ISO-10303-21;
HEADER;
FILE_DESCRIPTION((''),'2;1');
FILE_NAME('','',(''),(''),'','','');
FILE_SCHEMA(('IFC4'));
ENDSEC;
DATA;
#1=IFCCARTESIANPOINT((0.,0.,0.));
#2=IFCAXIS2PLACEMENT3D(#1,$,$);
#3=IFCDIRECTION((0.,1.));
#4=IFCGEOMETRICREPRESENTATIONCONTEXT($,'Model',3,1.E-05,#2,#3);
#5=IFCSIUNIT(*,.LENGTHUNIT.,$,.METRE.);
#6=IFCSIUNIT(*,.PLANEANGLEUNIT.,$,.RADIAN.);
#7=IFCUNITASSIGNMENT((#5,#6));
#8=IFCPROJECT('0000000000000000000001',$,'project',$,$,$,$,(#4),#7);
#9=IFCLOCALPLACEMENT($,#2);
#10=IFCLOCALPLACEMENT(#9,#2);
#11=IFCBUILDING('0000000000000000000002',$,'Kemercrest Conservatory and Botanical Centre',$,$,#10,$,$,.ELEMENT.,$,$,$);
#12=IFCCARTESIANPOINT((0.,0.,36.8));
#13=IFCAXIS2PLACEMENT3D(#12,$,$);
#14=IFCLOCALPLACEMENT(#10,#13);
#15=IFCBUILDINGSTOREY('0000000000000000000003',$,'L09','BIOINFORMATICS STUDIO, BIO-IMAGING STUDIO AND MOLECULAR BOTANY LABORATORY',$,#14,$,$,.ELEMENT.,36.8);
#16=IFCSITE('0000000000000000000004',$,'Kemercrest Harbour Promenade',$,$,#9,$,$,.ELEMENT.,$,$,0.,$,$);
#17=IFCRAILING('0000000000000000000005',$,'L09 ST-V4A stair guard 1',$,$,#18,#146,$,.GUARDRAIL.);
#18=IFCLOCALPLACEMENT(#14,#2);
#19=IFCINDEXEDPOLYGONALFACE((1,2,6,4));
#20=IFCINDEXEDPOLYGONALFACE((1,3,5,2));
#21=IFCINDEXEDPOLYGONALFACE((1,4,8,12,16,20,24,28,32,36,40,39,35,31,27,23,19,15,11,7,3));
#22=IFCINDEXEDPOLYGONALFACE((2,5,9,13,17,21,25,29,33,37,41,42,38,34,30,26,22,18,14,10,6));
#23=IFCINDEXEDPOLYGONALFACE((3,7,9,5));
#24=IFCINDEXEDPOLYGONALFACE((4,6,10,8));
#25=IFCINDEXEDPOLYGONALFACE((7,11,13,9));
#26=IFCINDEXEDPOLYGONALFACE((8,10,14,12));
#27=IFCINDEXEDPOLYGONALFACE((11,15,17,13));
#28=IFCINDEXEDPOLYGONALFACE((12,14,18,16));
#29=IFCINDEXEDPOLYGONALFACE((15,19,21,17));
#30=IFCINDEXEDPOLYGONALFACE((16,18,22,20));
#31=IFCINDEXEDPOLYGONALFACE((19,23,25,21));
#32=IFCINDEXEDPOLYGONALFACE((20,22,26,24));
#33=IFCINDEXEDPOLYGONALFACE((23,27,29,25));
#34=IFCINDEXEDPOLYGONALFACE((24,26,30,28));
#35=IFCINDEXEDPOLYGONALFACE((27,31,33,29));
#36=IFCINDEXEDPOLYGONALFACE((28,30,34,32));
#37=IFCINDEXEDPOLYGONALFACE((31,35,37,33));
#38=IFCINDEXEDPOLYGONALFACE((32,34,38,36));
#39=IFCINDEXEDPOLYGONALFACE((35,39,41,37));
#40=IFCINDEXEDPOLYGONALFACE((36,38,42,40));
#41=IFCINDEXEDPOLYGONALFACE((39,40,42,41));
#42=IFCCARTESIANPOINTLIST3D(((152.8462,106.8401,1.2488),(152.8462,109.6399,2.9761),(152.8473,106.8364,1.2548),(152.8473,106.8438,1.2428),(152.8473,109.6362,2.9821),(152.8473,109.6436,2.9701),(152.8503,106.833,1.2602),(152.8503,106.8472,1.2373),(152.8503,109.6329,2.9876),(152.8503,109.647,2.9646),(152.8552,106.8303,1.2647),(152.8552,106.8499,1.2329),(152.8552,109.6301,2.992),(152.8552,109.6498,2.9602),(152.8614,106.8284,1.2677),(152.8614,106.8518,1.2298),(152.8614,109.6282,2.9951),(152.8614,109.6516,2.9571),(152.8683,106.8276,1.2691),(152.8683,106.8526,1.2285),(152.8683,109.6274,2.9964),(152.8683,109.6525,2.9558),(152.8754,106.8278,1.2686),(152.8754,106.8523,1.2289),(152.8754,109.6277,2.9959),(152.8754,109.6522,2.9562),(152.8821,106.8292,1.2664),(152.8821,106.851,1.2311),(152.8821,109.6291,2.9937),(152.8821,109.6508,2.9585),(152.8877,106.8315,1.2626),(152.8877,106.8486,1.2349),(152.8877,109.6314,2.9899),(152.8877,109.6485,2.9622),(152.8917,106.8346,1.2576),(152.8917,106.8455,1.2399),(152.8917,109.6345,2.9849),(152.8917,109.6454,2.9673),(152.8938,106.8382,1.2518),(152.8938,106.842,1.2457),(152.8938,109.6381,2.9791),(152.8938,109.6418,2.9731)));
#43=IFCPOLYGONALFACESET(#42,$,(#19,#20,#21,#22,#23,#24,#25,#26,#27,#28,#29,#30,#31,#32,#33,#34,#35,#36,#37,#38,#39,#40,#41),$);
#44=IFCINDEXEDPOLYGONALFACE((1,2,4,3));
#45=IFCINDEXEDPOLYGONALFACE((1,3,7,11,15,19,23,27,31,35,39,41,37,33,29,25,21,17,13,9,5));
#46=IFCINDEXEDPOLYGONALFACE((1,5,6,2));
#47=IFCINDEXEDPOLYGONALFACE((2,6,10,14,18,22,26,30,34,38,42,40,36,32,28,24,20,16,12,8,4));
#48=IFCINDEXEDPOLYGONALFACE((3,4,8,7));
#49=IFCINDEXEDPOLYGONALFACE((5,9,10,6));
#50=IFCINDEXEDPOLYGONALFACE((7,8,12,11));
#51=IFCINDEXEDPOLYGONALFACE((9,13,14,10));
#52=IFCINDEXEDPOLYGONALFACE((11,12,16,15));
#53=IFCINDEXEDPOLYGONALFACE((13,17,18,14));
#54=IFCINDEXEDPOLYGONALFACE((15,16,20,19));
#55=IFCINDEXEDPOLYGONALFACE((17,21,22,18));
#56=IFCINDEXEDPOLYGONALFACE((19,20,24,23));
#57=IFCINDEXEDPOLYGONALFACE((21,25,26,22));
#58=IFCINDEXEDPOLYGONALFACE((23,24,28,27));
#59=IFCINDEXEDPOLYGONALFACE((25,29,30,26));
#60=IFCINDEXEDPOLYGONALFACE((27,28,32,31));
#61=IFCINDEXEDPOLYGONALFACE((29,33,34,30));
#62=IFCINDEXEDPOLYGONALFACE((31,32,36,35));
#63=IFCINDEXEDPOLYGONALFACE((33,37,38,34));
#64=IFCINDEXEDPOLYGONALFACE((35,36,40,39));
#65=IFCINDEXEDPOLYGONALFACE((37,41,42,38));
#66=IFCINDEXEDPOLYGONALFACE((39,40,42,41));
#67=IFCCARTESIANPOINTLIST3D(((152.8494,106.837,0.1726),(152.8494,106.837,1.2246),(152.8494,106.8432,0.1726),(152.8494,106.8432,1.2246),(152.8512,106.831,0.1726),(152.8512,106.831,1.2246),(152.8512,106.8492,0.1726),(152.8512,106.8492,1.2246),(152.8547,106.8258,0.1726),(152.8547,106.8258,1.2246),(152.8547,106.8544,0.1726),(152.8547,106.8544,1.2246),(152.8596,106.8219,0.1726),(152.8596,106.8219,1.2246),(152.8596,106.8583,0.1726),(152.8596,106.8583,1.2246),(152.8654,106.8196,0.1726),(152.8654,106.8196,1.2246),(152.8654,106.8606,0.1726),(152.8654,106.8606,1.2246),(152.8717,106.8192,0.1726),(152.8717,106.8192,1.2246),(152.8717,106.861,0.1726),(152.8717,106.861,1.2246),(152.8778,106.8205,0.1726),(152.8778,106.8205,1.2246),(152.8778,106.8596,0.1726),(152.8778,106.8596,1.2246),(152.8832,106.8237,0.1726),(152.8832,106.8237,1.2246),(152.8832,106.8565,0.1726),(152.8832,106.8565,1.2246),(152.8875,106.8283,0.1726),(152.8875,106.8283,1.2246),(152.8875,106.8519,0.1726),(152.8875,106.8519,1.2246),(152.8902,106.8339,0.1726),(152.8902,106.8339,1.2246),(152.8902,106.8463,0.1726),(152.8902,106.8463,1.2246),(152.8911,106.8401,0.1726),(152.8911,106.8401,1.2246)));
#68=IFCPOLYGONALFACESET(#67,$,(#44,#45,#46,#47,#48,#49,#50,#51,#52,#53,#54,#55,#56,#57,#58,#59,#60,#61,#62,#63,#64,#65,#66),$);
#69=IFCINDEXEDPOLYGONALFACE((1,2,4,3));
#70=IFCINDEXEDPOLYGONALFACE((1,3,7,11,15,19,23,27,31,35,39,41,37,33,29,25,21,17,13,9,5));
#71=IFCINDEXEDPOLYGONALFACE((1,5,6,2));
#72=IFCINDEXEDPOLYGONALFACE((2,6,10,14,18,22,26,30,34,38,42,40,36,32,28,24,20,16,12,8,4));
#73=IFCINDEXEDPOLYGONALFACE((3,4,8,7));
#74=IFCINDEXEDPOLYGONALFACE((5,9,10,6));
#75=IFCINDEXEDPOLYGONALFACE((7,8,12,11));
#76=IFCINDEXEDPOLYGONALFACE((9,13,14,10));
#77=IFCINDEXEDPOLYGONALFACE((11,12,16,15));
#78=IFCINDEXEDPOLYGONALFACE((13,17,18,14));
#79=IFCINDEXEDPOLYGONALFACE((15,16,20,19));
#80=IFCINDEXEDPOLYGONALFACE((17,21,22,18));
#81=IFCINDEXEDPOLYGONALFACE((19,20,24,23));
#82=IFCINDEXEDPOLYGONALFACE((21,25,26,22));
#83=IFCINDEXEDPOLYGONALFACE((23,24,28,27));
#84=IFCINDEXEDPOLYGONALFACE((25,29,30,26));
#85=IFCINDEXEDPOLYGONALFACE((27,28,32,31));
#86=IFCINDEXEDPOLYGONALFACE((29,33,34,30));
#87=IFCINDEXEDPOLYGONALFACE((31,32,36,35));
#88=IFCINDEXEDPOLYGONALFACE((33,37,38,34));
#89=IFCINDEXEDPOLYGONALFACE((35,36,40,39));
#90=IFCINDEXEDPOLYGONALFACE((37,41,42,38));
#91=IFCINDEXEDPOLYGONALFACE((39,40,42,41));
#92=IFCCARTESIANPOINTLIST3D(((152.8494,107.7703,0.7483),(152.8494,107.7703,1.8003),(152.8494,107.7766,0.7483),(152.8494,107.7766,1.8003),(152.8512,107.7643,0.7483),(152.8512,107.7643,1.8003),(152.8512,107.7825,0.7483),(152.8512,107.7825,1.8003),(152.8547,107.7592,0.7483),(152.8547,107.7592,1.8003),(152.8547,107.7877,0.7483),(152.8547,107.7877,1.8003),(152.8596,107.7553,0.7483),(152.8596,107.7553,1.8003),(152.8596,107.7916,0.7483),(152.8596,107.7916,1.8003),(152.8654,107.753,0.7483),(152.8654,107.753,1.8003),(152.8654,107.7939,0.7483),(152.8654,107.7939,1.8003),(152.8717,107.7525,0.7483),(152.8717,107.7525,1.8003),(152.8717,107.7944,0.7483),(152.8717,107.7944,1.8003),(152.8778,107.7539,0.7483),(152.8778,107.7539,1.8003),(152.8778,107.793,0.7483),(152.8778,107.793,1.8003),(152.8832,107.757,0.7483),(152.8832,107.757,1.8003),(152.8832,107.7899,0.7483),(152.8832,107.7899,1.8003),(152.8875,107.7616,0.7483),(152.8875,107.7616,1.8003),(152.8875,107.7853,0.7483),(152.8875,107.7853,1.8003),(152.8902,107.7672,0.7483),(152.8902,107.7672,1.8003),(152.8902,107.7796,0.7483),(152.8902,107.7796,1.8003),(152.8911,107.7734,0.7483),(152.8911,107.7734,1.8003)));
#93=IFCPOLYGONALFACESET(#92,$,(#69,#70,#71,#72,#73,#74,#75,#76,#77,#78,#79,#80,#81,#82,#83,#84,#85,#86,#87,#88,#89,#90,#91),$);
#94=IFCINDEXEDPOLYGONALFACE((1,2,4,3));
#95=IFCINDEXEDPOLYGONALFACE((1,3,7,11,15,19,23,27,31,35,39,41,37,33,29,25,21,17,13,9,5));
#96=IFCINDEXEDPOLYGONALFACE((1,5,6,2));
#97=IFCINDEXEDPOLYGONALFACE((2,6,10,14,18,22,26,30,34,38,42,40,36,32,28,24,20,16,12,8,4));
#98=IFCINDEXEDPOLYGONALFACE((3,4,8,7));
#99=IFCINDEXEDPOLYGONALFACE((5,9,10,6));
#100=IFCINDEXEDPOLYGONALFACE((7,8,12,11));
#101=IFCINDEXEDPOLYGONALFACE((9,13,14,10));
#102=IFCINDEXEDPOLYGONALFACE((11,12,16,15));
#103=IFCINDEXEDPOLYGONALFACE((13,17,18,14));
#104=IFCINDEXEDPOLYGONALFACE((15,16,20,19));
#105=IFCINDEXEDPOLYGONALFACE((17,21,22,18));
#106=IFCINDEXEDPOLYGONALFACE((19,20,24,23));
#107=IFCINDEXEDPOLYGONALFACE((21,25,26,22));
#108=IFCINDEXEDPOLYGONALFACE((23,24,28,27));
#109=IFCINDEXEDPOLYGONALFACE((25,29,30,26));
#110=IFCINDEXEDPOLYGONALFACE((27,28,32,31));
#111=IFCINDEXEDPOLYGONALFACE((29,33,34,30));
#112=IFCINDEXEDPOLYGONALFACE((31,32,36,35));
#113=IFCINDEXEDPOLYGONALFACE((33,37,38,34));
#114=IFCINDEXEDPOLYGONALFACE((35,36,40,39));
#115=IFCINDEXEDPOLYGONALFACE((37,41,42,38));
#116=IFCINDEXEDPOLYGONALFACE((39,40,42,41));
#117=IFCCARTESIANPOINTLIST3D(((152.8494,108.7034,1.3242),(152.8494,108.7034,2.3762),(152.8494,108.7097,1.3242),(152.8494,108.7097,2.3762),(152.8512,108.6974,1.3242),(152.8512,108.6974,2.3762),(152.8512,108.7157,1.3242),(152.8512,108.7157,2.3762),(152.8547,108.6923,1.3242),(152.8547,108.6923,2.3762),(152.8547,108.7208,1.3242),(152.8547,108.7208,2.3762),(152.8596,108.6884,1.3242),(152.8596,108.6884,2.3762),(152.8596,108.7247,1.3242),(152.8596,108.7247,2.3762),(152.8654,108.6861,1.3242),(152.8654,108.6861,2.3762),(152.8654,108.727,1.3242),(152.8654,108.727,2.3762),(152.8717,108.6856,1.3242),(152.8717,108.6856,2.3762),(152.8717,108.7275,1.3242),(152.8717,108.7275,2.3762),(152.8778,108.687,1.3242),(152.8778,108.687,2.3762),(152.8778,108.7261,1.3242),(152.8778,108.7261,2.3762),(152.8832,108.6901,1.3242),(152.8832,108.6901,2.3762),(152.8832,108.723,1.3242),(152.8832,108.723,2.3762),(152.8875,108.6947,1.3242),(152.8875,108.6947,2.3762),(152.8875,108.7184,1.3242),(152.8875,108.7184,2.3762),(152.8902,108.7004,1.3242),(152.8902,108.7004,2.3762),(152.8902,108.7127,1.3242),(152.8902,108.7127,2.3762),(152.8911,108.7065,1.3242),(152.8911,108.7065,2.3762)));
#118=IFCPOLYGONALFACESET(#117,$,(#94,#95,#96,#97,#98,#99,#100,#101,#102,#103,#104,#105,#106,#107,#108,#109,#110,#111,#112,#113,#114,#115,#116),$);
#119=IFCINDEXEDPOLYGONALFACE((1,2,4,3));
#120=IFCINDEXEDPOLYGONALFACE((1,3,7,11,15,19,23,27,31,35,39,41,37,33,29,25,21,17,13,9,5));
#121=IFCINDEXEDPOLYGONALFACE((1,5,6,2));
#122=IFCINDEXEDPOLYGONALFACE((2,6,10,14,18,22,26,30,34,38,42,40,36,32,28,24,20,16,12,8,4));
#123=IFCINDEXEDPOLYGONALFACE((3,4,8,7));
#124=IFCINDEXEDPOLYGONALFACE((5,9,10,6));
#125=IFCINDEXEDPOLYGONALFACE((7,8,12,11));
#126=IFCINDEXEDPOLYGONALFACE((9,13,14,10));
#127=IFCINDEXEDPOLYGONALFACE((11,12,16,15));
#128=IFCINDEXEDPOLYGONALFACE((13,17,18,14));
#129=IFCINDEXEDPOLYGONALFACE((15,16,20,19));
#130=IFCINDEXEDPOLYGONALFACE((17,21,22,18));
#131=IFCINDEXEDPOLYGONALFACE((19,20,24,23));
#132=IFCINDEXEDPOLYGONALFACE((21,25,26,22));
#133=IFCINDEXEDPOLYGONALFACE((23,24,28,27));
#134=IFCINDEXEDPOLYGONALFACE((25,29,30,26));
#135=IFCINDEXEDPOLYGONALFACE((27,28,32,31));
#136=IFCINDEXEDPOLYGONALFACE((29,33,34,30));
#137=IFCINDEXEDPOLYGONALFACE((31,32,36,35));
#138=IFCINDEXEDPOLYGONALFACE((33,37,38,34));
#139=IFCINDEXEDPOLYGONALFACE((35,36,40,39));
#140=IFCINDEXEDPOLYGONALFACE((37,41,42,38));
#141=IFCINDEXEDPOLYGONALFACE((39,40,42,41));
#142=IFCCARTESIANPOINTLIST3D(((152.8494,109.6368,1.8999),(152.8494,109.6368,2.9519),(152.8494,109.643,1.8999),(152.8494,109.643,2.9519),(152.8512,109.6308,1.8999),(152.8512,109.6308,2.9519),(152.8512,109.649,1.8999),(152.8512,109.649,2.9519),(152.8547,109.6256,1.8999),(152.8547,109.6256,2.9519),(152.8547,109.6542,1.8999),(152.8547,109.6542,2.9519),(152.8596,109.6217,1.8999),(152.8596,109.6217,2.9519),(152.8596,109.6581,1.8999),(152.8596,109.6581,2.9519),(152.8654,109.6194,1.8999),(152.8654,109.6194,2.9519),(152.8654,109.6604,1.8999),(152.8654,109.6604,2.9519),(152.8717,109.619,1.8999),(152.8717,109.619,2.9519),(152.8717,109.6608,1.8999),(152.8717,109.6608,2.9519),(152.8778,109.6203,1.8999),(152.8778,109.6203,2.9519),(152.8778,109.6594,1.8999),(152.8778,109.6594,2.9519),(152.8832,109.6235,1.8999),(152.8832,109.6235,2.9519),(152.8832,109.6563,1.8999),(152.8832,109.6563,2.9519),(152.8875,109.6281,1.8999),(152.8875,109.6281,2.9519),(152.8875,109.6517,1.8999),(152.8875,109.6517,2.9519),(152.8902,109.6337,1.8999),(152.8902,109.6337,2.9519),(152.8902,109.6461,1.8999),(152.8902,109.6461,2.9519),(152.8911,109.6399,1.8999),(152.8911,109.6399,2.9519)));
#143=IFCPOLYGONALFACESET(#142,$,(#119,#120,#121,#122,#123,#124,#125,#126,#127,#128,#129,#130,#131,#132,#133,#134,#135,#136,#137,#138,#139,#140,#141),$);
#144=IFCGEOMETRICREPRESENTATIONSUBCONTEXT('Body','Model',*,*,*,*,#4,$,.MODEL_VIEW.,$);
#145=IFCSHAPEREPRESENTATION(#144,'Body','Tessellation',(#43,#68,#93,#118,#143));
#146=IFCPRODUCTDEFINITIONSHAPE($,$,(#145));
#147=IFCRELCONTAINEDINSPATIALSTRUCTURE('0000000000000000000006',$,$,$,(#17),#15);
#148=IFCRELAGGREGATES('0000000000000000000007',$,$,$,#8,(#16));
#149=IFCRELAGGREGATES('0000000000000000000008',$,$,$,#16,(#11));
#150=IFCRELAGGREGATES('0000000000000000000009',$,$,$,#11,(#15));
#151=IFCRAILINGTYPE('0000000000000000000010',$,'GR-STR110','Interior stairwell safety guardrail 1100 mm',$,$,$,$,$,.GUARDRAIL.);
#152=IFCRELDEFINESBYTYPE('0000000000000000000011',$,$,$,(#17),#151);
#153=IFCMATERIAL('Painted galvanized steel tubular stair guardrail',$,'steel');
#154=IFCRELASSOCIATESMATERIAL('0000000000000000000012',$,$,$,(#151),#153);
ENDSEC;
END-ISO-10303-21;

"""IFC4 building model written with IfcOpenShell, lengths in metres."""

from ifc_helpers import new_model, si_unit, direction, frame, origin, origin_2d, place, context, subcontext, project, spatial, circle, extrude, material, type_object, element, save


model = new_model("IFC4")

# Units and contexts
model_context = context("Model", 3, precision=1e-05, world=origin(), true_north=direction((0.0, 1.0)))
body_context = subcontext(model_context, "Body", "Model", "MODEL_VIEW")
ifc_project = project(units=[si_unit("LENGTHUNIT", "METRE"), si_unit("PLANEANGLEUNIT", "RADIAN")], contexts=[model_context])

# Site, building, storey
site_placement = place(None, origin())
site = spatial("IfcSite", under=ifc_project, at=site_placement, Name="Kemercrest Harbour Promenade", CompositionType="ELEMENT", RefElevation=0.0)
building_placement = place(site_placement, origin())
building = spatial("IfcBuilding", under=site, at=building_placement, Name="Kemercrest Conservatory and Botanical Centre", CompositionType="ELEMENT")
storey_placement = place(building_placement, frame((0.0, 0.0, 36.8)))
storey = spatial("IfcBuildingStorey", under=building, at=storey_placement, Name="L09", Description="BIOINFORMATICS STUDIO, BIO-IMAGING STUDIO AND MOLECULAR BOTANY LABORATORY", CompositionType="ELEMENT", Elevation=36.8)

# Railing
ifc_material_1 = material(Name="Painted galvanized steel tubular stair guardrail", Category="steel")
railing_type_1 = type_object("IfcRailingType", Name="GR-STR110", Description="Interior stairwell safety guardrail 1100 mm", PredefinedType="GUARDRAIL", material=ifc_material_1)
railing_1_placement = place(storey_placement, frame((152.8701, 106.8401, 0.1726)))
element("IfcRailing", 1, at=railing_1_placement, inside=storey, type_object=railing_type_1, Name="L09 ST-V4A stair guard 1", PredefinedType="GUARDRAIL", context=body_context, shape_type="SweptSolid", body=[
    extrude(circle(Radius=0.0239, at=origin_2d()), frame((0.0, 0.0, 1.0762), z_axis=(0.0, 0.851069, 0.525054), x_axis=(-1.0, 0.0, 0.0)), (0.0, 0.0, 1.0), 3.2898),
    extrude(circle(Radius=0.021, at=origin_2d()), origin(), (0.0, 0.0, 1.0), 1.052),
    extrude(circle(Radius=0.021, at=origin_2d()), frame((0.0, 0.9333, 0.5757)), (0.0, 0.0, 1.0), 1.052),
    extrude(circle(Radius=0.021, at=origin_2d()), frame((0.0, 1.8665, 1.1516)), (0.0, 0.0, 1.0), 1.052),
    extrude(circle(Radius=0.021, at=origin_2d()), frame((0.0, 2.7998, 1.7273)), (0.0, 0.0, 1.0), 1.052),
])

save(model, "model.ifc")
